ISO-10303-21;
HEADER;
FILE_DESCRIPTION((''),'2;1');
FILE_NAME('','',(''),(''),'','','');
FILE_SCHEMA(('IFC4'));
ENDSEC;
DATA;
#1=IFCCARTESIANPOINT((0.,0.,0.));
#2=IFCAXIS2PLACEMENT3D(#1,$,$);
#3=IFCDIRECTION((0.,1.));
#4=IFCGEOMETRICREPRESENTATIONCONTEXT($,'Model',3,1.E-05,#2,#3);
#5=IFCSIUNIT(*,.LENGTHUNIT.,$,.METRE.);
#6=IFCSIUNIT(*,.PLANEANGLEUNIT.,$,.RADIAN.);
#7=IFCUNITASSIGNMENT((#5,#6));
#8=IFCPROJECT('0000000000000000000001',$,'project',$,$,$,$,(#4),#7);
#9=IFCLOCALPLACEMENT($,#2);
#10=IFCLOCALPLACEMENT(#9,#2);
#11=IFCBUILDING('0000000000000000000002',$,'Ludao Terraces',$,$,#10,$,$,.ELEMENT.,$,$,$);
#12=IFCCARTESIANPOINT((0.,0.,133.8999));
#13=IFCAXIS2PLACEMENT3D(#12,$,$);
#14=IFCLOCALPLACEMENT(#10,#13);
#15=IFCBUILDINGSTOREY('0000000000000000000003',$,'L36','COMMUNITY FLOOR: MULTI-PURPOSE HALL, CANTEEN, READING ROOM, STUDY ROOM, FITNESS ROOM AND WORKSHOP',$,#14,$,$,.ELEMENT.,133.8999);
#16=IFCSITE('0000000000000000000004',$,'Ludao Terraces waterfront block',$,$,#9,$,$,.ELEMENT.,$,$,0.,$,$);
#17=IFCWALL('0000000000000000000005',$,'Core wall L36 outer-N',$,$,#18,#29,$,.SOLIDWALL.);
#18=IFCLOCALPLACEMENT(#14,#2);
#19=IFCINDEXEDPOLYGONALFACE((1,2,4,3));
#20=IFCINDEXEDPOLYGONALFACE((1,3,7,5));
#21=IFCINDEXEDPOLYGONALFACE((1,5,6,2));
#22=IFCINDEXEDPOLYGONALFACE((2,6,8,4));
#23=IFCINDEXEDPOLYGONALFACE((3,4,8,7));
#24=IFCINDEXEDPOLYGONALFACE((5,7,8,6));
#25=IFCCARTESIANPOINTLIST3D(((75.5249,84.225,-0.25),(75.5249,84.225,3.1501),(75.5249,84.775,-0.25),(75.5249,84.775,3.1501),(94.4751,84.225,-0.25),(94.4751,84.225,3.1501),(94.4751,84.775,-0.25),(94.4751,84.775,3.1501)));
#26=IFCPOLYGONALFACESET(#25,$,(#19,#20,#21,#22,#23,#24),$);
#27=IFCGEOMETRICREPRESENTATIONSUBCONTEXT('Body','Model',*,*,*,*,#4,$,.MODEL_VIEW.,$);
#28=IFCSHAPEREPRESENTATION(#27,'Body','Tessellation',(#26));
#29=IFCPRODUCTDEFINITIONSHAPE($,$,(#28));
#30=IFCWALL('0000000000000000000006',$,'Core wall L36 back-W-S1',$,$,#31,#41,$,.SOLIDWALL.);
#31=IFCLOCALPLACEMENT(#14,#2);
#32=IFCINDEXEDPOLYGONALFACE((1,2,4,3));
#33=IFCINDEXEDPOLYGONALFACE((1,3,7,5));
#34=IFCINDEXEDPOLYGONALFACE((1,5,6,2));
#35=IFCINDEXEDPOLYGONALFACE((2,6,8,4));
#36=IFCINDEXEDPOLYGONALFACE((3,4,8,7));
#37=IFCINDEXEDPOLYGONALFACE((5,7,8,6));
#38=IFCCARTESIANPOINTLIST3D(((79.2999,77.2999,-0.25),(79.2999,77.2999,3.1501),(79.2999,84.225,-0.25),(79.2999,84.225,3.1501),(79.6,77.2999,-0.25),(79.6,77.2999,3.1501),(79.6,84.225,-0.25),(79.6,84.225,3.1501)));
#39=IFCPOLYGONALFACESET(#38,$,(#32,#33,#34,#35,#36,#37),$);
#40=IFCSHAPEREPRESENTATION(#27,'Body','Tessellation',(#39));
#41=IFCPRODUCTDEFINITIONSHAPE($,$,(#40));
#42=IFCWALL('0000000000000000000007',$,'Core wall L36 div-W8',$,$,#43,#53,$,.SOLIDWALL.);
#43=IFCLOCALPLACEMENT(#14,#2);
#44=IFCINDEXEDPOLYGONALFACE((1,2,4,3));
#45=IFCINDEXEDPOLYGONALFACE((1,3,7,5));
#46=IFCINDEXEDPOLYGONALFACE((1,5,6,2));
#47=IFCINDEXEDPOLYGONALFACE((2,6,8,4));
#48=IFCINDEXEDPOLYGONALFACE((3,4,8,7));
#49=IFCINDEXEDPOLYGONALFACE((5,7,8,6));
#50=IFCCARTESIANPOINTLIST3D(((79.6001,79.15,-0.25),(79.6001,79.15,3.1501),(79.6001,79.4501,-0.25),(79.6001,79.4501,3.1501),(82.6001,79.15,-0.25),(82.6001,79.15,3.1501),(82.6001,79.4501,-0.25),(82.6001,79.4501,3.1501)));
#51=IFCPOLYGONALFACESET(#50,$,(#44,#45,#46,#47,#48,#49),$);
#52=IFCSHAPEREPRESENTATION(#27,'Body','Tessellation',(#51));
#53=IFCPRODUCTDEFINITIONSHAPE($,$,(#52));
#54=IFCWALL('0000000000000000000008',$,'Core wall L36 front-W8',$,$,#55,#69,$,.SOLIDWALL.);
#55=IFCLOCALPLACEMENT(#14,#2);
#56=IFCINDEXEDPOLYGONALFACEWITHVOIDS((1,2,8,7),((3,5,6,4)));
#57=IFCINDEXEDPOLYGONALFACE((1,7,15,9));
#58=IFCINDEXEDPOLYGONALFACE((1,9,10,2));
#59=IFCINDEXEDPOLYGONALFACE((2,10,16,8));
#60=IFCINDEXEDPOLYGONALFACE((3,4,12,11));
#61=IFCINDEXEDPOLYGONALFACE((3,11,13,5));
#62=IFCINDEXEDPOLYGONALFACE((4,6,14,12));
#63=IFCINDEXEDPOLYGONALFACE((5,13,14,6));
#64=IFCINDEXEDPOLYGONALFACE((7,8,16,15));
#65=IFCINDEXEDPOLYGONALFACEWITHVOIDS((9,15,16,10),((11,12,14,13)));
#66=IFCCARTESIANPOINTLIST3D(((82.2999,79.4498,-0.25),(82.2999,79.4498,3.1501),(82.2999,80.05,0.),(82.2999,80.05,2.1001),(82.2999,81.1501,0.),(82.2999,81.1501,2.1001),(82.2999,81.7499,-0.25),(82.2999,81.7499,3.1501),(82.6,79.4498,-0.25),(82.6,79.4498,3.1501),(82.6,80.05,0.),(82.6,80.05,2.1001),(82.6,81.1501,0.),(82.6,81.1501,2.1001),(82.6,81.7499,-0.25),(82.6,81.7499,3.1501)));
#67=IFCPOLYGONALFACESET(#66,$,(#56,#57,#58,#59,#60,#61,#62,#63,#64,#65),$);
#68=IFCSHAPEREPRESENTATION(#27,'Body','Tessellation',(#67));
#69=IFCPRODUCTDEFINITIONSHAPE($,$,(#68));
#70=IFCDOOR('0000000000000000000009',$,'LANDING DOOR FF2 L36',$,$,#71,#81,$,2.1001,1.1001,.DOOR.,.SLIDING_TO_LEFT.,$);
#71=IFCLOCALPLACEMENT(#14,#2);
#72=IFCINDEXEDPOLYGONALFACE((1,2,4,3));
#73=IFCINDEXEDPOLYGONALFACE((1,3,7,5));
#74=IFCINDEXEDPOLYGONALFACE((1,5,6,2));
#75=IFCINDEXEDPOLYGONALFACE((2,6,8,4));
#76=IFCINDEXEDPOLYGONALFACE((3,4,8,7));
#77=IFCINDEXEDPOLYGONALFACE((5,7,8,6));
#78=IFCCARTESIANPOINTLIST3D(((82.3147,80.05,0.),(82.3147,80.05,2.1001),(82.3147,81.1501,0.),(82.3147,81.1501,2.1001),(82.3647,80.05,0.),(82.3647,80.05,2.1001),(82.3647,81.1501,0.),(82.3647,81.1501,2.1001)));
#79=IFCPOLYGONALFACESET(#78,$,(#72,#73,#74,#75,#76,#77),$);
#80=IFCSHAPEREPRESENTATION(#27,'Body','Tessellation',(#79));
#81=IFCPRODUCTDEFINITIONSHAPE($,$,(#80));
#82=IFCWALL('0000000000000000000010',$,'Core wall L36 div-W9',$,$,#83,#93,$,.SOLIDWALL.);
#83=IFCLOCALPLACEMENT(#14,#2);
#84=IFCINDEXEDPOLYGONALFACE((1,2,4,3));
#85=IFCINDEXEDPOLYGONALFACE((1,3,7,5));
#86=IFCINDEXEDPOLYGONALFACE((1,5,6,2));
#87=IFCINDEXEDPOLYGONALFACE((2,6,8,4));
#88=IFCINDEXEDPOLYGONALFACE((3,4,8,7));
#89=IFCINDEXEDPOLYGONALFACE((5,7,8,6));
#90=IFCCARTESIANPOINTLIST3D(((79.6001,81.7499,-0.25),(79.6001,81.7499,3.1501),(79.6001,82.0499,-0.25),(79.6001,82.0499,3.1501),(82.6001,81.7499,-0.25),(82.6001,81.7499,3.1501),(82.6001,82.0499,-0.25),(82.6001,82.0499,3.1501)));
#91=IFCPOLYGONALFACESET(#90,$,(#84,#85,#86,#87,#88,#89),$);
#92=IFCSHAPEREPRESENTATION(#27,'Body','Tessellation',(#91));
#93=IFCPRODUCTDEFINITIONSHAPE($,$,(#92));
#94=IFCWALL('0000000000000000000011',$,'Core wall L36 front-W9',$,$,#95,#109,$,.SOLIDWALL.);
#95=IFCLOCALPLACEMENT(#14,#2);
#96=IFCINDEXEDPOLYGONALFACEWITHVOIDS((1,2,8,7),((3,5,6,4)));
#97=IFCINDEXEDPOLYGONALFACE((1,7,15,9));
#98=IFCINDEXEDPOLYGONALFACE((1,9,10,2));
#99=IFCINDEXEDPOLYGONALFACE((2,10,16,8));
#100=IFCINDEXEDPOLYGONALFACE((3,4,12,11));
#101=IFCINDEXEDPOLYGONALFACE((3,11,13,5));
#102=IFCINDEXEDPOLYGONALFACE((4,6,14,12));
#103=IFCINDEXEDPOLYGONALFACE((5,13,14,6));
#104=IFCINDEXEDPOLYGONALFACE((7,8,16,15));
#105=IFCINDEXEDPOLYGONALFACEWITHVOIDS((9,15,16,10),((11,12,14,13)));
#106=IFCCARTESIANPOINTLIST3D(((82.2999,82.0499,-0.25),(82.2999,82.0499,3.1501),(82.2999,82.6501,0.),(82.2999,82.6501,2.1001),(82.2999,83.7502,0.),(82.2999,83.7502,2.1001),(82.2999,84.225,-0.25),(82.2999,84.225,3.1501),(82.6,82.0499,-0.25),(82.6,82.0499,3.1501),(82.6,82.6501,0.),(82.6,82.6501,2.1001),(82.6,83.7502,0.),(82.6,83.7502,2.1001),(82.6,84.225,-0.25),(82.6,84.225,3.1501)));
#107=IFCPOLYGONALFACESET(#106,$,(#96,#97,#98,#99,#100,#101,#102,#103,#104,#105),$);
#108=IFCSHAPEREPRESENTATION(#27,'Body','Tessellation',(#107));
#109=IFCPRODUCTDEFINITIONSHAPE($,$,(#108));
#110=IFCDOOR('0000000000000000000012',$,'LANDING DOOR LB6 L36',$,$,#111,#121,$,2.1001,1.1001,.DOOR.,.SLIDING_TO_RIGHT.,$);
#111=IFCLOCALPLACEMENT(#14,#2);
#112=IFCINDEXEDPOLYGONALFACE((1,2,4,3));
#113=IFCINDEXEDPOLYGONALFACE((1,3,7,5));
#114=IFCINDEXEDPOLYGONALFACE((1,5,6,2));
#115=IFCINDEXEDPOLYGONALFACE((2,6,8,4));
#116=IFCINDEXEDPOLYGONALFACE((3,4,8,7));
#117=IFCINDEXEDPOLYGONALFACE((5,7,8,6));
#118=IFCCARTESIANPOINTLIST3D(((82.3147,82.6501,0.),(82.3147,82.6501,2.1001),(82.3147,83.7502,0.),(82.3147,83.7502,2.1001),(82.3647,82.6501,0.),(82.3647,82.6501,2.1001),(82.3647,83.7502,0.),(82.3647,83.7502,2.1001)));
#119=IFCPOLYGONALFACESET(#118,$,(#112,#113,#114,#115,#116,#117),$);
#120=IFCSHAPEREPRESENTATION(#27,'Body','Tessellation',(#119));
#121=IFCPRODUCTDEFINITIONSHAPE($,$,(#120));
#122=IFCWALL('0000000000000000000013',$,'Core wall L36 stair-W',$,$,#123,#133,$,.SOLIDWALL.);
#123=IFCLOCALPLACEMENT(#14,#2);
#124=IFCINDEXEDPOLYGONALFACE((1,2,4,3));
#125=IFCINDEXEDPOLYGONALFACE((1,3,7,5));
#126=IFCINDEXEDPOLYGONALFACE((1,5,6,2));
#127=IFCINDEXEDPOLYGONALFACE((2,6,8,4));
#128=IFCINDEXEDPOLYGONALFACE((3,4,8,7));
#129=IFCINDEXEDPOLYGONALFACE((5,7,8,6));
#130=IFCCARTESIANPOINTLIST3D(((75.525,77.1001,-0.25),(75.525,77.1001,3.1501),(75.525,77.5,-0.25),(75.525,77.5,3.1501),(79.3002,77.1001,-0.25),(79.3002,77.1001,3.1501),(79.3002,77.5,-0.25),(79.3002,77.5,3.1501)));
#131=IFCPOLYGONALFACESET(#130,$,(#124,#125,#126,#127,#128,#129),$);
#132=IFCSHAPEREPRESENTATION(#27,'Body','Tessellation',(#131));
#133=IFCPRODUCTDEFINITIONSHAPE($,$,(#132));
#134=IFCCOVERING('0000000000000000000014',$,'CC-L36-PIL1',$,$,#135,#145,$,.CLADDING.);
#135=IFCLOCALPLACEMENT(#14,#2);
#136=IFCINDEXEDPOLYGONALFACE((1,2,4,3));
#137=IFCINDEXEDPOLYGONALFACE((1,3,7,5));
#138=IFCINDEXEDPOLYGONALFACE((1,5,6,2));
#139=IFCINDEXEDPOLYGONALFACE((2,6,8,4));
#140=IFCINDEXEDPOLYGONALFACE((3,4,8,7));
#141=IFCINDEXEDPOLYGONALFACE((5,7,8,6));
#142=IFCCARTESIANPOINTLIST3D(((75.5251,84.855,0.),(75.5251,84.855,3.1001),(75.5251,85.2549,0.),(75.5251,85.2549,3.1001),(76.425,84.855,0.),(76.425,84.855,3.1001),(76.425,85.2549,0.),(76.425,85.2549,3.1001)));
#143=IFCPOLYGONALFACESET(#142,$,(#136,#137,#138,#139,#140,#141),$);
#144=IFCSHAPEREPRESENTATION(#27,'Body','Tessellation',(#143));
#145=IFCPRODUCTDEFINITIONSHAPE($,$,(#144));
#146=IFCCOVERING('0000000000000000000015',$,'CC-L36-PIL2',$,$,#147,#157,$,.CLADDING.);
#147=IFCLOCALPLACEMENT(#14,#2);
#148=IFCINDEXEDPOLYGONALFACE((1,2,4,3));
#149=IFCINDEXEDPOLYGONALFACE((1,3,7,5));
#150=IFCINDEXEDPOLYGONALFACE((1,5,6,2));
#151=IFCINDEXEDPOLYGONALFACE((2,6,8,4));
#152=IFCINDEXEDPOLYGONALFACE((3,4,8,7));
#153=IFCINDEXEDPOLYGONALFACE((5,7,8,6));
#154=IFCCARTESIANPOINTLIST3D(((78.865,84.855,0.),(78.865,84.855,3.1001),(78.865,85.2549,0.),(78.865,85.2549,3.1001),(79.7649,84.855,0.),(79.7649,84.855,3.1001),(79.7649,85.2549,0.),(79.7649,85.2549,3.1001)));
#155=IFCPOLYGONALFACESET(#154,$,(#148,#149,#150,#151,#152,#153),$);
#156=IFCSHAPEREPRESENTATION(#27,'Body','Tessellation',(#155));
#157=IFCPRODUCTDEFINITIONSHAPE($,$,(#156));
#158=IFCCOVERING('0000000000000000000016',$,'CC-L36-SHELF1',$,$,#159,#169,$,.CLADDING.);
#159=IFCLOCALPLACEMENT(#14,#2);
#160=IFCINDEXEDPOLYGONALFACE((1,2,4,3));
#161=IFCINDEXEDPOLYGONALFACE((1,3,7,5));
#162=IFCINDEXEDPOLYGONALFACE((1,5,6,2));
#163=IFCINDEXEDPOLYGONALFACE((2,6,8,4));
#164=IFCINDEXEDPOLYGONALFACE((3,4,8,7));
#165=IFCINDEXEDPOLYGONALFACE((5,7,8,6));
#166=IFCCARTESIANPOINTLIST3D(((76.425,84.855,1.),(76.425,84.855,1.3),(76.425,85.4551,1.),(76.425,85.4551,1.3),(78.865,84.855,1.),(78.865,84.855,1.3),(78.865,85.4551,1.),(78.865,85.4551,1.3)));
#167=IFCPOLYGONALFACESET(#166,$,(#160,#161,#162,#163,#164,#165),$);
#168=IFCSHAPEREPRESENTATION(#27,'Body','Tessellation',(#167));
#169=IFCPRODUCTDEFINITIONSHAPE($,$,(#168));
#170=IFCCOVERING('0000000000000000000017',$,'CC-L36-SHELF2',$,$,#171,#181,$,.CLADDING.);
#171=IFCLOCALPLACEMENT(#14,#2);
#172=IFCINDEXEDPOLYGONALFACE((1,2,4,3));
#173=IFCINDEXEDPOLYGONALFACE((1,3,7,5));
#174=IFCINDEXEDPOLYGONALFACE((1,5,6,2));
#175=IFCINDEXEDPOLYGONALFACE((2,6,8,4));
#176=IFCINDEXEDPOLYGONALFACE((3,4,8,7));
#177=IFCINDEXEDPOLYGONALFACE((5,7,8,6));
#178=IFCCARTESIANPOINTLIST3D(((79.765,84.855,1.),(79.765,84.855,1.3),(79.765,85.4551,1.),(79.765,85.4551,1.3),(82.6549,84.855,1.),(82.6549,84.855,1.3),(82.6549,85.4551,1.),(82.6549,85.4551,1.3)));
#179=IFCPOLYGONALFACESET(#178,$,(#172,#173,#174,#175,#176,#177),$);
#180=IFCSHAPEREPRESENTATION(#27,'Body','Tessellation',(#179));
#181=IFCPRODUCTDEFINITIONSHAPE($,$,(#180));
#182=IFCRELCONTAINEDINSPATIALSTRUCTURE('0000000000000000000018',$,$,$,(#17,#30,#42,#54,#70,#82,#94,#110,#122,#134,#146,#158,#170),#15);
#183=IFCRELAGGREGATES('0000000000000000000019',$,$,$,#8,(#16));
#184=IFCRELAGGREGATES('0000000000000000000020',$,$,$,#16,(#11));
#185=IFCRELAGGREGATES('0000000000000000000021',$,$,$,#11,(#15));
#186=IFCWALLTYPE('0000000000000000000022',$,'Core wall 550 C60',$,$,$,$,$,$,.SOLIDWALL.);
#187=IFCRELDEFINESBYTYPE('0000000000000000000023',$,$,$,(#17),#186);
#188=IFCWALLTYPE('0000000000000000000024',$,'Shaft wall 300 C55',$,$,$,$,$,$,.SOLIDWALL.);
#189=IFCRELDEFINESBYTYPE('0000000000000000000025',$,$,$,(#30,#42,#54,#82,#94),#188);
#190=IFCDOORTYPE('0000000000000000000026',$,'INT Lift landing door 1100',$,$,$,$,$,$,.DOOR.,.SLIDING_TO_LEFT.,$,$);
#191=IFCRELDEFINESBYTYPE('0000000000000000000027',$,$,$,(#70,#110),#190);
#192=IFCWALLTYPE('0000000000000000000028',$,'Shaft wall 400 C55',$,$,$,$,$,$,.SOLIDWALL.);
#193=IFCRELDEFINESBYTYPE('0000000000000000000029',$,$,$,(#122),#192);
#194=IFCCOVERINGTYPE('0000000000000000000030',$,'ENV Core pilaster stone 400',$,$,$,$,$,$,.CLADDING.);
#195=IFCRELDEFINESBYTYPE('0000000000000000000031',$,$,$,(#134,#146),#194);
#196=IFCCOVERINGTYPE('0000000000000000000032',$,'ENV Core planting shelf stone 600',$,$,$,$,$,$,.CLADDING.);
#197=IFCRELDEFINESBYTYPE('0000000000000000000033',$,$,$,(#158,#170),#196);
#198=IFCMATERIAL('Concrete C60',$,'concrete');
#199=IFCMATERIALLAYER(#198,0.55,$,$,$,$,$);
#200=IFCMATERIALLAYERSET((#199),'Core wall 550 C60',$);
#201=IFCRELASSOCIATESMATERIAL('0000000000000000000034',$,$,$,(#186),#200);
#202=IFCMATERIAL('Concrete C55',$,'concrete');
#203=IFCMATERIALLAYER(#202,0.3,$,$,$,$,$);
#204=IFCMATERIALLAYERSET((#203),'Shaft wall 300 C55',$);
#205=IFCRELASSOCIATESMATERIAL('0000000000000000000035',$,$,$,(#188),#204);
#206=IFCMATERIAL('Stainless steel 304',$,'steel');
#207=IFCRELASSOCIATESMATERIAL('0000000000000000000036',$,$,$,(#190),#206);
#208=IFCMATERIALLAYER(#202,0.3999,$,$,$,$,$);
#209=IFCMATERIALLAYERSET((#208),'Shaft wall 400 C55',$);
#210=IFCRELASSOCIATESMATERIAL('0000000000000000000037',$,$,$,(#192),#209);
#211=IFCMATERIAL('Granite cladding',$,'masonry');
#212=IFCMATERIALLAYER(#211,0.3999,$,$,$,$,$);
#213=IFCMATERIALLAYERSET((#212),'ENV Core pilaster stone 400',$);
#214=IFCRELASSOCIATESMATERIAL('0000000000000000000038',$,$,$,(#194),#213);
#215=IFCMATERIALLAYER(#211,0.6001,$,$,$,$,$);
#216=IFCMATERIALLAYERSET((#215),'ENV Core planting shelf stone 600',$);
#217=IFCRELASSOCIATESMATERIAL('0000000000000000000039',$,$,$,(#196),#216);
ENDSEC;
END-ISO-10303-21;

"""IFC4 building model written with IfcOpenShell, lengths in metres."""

from ifc_helpers import new_model, si_unit, direction, frame, frame_2d, origin, origin_2d, place, context, subcontext, project, spatial, rectangle, extrude, material, layer, layer_set, type_object, element, fill, save


model = new_model("IFC4")

# Units and contexts
model_context = context("Model", 3, precision=1e-05, world=origin(), true_north=direction((0.0, 1.0)))
body_context = subcontext(model_context, "Body", "Model", "MODEL_VIEW")
ifc_project = project(units=[si_unit("LENGTHUNIT", "METRE"), si_unit("PLANEANGLEUNIT", "RADIAN")], contexts=[model_context])

# Site, building, storey
site_placement = place(None, origin())
site = spatial("IfcSite", under=ifc_project, at=site_placement, Name="Ludao Terraces waterfront block", CompositionType="ELEMENT", RefElevation=0.0)
building_placement = place(site_placement, origin())
building = spatial("IfcBuilding", under=site, at=building_placement, Name="Ludao Terraces", CompositionType="ELEMENT")
storey_placement = place(building_placement, frame((0.0, 0.0, 133.8999)))
storey = spatial("IfcBuildingStorey", under=building, at=storey_placement, Name="L36", Description="COMMUNITY FLOOR: MULTI-PURPOSE HALL, CANTEEN, READING ROOM, STUDY ROOM, FITNESS ROOM AND WORKSHOP", CompositionType="ELEMENT", Elevation=133.8999)

# Walls
ifc_material_1 = material(Name="Concrete C60", Category="concrete")
ifc_layer_1 = layer(ifc_material_1, 0.55)
ifc_layer_set_1 = layer_set([ifc_layer_1], Name="Core wall 550 C60")
wall_type_1 = type_object("IfcWallType", Name="Core wall 550 C60", PredefinedType="SOLIDWALL", material=ifc_layer_set_1)
wall_1_placement = place(storey_placement, frame((75.5249, 84.5, -0.25), z_axis=(0.0, 0.0, 1.0), x_axis=(1.0, 0.0, 0.0)))
element("IfcWall", 1, at=wall_1_placement, inside=storey, type_object=wall_type_1, Name="Core wall L36 outer-N", PredefinedType="SOLIDWALL", context=body_context, shape_type="SweptSolid", body=[
    extrude(rectangle(XDim=18.9502, YDim=0.55, at=frame_2d((9.4751, 0.0))), origin(), (0.0, 0.0, 1.0), 3.4001),
])
ifc_material_2 = material(Name="Concrete C55", Category="concrete")
ifc_layer_2 = layer(ifc_material_2, 0.3)
ifc_layer_set_2 = layer_set([ifc_layer_2], Name="Shaft wall 300 C55")
wall_type_2 = type_object("IfcWallType", Name="Shaft wall 300 C55", PredefinedType="SOLIDWALL", material=ifc_layer_set_2)
wall_2_placement = place(storey_placement, frame((79.45, 77.3, -0.25), z_axis=(0.0, 0.0, 1.0), x_axis=(0.0, 1.0, 0.0)))
element("IfcWall", 2, at=wall_2_placement, inside=storey, type_object=wall_type_2, Name="Core wall L36 back-W-S1", PredefinedType="SOLIDWALL", context=body_context, shape_type="SweptSolid", body=[
    extrude(rectangle(XDim=6.925, YDim=0.3, at=frame_2d((3.4624, 0.0))), origin(), (0.0, 0.0, 1.0), 3.4001),
])
wall_3_placement = place(storey_placement, frame((79.6001, 79.3, -0.25), z_axis=(0.0, 0.0, 1.0), x_axis=(1.0, 0.0, 0.0)))
element("IfcWall", 3, at=wall_3_placement, inside=storey, type_object=wall_type_2, Name="Core wall L36 div-W8", PredefinedType="SOLIDWALL", context=body_context, shape_type="SweptSolid", body=[
    extrude(rectangle(XDim=3.0, YDim=0.3, at=frame_2d((1.5, 0.0))), origin(), (0.0, 0.0, 1.0), 3.4001),
])

# Wall, opening, door
wall_4_placement = place(storey_placement, frame((82.45, 79.45, -0.25), z_axis=(0.0, 0.0, 1.0), x_axis=(0.0, 1.0, 0.0)))
wall_4 = element("IfcWall", 4, at=wall_4_placement, inside=storey, type_object=wall_type_2, Name="Core wall L36 front-W8", PredefinedType="SOLIDWALL", context=body_context, shape_type="SweptSolid", body=[
    extrude(rectangle(XDim=2.3, YDim=0.3, at=frame_2d((1.1499, 0.0))), origin(), (0.0, 0.0, 1.0), 3.4001),
])
opening_1_placement = place(wall_4_placement, frame((0.6001, 0.0, 0.25)))
opening_1 = element("IfcOpeningElement", 5, at=opening_1_placement, cuts=wall_4, PredefinedType="OPENING", context=body_context, shape_type="SweptSolid", body=[
    extrude(rectangle(XDim=1.1001, YDim=2.1001, at=frame_2d((0.55, 1.05))), frame((0.0, 0.1602, 0.0), z_axis=(0.0, -1.0, 0.0), x_axis=(1.0, 0.0, 0.0)), (0.0, 0.0, 1.0), 0.3201),
])
ifc_material_3 = material(Name="Stainless steel 304", Category="steel")
door_type = type_object("IfcDoorType", Name="INT Lift landing door 1100", OperationType="SLIDING_TO_LEFT", PredefinedType="DOOR", material=ifc_material_3)
door_1_placement = place(opening_1_placement, origin())
door_1 = element("IfcDoor", 6, at=door_1_placement, inside=storey, type_object=door_type, Name="LANDING DOOR FF2 L36", OperationType="SLIDING_TO_LEFT", OverallHeight=2.1001, OverallWidth=1.1001, PredefinedType="DOOR", context=body_context, shape_type="SweptSolid", body=[
    extrude(rectangle(XDim=1.1001, YDim=2.1001, at=frame_2d((0.55, 1.05))), frame((0.0, 0.1353, 0.0), z_axis=(0.0, -1.0, 0.0), x_axis=(1.0, 0.0, 0.0)), (0.0, 0.0, 1.0), 0.05),
])
fill(opening_1, door_1)

# Wall
wall_5_placement = place(storey_placement, frame((79.6001, 81.8999, -0.25), z_axis=(0.0, 0.0, 1.0), x_axis=(1.0, 0.0, 0.0)))
element("IfcWall", 7, at=wall_5_placement, inside=storey, type_object=wall_type_2, Name="Core wall L36 div-W9", PredefinedType="SOLIDWALL", context=body_context, shape_type="SweptSolid", body=[
    extrude(rectangle(XDim=3.0, YDim=0.3, at=frame_2d((1.5, 0.0))), origin(), (0.0, 0.0, 1.0), 3.4001),
])

# Wall, opening, door
wall_6_placement = place(storey_placement, frame((82.45, 82.05, -0.25), z_axis=(0.0, 0.0, 1.0), x_axis=(0.0, 1.0, 0.0)))
wall_6 = element("IfcWall", 8, at=wall_6_placement, inside=storey, type_object=wall_type_2, Name="Core wall L36 front-W9", PredefinedType="SOLIDWALL", context=body_context, shape_type="SweptSolid", body=[
    extrude(rectangle(XDim=2.175, YDim=0.3, at=frame_2d((1.0874, 0.0))), origin(), (0.0, 0.0, 1.0), 3.4001),
])
opening_2_placement = place(wall_6_placement, frame((0.6001, 0.0, 0.25)))
opening_2 = element("IfcOpeningElement", 9, at=opening_2_placement, cuts=wall_6, PredefinedType="OPENING", context=body_context, shape_type="SweptSolid", body=[
    extrude(rectangle(XDim=1.1001, YDim=2.1001, at=frame_2d((0.55, 1.05))), frame((0.0, 0.1602, 0.0), z_axis=(0.0, -1.0, 0.0), x_axis=(1.0, 0.0, 0.0)), (0.0, 0.0, 1.0), 0.3201),
])
door_2_placement = place(opening_2_placement, origin())
door_2 = element("IfcDoor", 10, at=door_2_placement, inside=storey, type_object=door_type, Name="LANDING DOOR LB6 L36", OperationType="SLIDING_TO_RIGHT", OverallHeight=2.1001, OverallWidth=1.1001, PredefinedType="DOOR", context=body_context, shape_type="SweptSolid", body=[
    extrude(rectangle(XDim=1.1001, YDim=2.1001, at=frame_2d((0.55, 1.05))), frame((0.0, 0.1353, 0.0), z_axis=(0.0, -1.0, 0.0), x_axis=(1.0, 0.0, 0.0)), (0.0, 0.0, 1.0), 0.05),
])
fill(opening_2, door_2)

# Wall
ifc_layer_3 = layer(ifc_material_2, 0.3999)
ifc_layer_set_3 = layer_set([ifc_layer_3], Name="Shaft wall 400 C55")
wall_type_3 = type_object("IfcWallType", Name="Shaft wall 400 C55", PredefinedType="SOLIDWALL", material=ifc_layer_set_3)
wall_7_placement = place(storey_placement, frame((75.5249, 77.3, -0.25), z_axis=(0.0, 0.0, 1.0), x_axis=(1.0, 0.0, 0.0)))
element("IfcWall", 11, at=wall_7_placement, inside=storey, type_object=wall_type_3, Name="Core wall L36 stair-W", PredefinedType="SOLIDWALL", context=body_context, shape_type="SweptSolid", body=[
    extrude(rectangle(XDim=3.7751, YDim=0.3999, at=frame_2d((1.8877, 0.0))), origin(), (0.0, 0.0, 1.0), 3.4001),
])

# Coverings
ifc_material_4 = material(Name="Granite cladding", Category="masonry")
ifc_layer_4 = layer(ifc_material_4, 0.3999)
ifc_layer_set_4 = layer_set([ifc_layer_4], Name="ENV Core pilaster stone 400")
covering_type_1 = type_object("IfcCoveringType", Name="ENV Core pilaster stone 400", PredefinedType="CLADDING", material=ifc_layer_set_4)
for number, where, z_axis, x_axis, name in (
    (12, (75.9751, 85.0549, 0.0), (0.0, 0.0, 1.0), (1.0, 0.0, 0.0), "CC-L36-PIL1"),
    (13, (79.3149, 85.0549, 0.0), (0.0, 0.0, 1.0), (1.0, 0.0, 0.0), "CC-L36-PIL2"),
):
    element("IfcCovering", number, at=place(storey_placement, frame(where, z_axis=z_axis, x_axis=x_axis)), inside=storey, type_object=covering_type_1, Name=name, PredefinedType="CLADDING", context=body_context, shape_type="SweptSolid", body=[
        extrude(rectangle(XDim=0.8999, YDim=0.3999, at=origin_2d()), origin(), (0.0, 0.0, 1.0), 3.1001),
    ])
ifc_layer_5 = layer(ifc_material_4, 0.6001)
ifc_layer_set_5 = layer_set([ifc_layer_5], Name="ENV Core planting shelf stone 600")
covering_type_2 = type_object("IfcCoveringType", Name="ENV Core planting shelf stone 600", PredefinedType="CLADDING", material=ifc_layer_set_5)
covering_1_placement = place(storey_placement, frame((77.645, 85.155, 1.0), z_axis=(0.0, 0.0, 1.0), x_axis=(1.0, 0.0, 0.0)))
element("IfcCovering", 14, at=covering_1_placement, inside=storey, type_object=covering_type_2, Name="CC-L36-SHELF1", PredefinedType="CLADDING", context=body_context, shape_type="SweptSolid", body=[
    extrude(rectangle(XDim=2.4399, YDim=0.6001, at=origin_2d()), origin(), (0.0, 0.0, 1.0), 0.3),
])
covering_2_placement = place(storey_placement, frame((81.21, 85.155, 1.0), z_axis=(0.0, 0.0, 1.0), x_axis=(1.0, 0.0, 0.0)))
element("IfcCovering", 15, at=covering_2_placement, inside=storey, type_object=covering_type_2, Name="CC-L36-SHELF2", PredefinedType="CLADDING", context=body_context, shape_type="SweptSolid", body=[
    extrude(rectangle(XDim=2.8899, YDim=0.6001, at=origin_2d()), origin(), (0.0, 0.0, 1.0), 0.3),
])

save(model, "model.ifc")
